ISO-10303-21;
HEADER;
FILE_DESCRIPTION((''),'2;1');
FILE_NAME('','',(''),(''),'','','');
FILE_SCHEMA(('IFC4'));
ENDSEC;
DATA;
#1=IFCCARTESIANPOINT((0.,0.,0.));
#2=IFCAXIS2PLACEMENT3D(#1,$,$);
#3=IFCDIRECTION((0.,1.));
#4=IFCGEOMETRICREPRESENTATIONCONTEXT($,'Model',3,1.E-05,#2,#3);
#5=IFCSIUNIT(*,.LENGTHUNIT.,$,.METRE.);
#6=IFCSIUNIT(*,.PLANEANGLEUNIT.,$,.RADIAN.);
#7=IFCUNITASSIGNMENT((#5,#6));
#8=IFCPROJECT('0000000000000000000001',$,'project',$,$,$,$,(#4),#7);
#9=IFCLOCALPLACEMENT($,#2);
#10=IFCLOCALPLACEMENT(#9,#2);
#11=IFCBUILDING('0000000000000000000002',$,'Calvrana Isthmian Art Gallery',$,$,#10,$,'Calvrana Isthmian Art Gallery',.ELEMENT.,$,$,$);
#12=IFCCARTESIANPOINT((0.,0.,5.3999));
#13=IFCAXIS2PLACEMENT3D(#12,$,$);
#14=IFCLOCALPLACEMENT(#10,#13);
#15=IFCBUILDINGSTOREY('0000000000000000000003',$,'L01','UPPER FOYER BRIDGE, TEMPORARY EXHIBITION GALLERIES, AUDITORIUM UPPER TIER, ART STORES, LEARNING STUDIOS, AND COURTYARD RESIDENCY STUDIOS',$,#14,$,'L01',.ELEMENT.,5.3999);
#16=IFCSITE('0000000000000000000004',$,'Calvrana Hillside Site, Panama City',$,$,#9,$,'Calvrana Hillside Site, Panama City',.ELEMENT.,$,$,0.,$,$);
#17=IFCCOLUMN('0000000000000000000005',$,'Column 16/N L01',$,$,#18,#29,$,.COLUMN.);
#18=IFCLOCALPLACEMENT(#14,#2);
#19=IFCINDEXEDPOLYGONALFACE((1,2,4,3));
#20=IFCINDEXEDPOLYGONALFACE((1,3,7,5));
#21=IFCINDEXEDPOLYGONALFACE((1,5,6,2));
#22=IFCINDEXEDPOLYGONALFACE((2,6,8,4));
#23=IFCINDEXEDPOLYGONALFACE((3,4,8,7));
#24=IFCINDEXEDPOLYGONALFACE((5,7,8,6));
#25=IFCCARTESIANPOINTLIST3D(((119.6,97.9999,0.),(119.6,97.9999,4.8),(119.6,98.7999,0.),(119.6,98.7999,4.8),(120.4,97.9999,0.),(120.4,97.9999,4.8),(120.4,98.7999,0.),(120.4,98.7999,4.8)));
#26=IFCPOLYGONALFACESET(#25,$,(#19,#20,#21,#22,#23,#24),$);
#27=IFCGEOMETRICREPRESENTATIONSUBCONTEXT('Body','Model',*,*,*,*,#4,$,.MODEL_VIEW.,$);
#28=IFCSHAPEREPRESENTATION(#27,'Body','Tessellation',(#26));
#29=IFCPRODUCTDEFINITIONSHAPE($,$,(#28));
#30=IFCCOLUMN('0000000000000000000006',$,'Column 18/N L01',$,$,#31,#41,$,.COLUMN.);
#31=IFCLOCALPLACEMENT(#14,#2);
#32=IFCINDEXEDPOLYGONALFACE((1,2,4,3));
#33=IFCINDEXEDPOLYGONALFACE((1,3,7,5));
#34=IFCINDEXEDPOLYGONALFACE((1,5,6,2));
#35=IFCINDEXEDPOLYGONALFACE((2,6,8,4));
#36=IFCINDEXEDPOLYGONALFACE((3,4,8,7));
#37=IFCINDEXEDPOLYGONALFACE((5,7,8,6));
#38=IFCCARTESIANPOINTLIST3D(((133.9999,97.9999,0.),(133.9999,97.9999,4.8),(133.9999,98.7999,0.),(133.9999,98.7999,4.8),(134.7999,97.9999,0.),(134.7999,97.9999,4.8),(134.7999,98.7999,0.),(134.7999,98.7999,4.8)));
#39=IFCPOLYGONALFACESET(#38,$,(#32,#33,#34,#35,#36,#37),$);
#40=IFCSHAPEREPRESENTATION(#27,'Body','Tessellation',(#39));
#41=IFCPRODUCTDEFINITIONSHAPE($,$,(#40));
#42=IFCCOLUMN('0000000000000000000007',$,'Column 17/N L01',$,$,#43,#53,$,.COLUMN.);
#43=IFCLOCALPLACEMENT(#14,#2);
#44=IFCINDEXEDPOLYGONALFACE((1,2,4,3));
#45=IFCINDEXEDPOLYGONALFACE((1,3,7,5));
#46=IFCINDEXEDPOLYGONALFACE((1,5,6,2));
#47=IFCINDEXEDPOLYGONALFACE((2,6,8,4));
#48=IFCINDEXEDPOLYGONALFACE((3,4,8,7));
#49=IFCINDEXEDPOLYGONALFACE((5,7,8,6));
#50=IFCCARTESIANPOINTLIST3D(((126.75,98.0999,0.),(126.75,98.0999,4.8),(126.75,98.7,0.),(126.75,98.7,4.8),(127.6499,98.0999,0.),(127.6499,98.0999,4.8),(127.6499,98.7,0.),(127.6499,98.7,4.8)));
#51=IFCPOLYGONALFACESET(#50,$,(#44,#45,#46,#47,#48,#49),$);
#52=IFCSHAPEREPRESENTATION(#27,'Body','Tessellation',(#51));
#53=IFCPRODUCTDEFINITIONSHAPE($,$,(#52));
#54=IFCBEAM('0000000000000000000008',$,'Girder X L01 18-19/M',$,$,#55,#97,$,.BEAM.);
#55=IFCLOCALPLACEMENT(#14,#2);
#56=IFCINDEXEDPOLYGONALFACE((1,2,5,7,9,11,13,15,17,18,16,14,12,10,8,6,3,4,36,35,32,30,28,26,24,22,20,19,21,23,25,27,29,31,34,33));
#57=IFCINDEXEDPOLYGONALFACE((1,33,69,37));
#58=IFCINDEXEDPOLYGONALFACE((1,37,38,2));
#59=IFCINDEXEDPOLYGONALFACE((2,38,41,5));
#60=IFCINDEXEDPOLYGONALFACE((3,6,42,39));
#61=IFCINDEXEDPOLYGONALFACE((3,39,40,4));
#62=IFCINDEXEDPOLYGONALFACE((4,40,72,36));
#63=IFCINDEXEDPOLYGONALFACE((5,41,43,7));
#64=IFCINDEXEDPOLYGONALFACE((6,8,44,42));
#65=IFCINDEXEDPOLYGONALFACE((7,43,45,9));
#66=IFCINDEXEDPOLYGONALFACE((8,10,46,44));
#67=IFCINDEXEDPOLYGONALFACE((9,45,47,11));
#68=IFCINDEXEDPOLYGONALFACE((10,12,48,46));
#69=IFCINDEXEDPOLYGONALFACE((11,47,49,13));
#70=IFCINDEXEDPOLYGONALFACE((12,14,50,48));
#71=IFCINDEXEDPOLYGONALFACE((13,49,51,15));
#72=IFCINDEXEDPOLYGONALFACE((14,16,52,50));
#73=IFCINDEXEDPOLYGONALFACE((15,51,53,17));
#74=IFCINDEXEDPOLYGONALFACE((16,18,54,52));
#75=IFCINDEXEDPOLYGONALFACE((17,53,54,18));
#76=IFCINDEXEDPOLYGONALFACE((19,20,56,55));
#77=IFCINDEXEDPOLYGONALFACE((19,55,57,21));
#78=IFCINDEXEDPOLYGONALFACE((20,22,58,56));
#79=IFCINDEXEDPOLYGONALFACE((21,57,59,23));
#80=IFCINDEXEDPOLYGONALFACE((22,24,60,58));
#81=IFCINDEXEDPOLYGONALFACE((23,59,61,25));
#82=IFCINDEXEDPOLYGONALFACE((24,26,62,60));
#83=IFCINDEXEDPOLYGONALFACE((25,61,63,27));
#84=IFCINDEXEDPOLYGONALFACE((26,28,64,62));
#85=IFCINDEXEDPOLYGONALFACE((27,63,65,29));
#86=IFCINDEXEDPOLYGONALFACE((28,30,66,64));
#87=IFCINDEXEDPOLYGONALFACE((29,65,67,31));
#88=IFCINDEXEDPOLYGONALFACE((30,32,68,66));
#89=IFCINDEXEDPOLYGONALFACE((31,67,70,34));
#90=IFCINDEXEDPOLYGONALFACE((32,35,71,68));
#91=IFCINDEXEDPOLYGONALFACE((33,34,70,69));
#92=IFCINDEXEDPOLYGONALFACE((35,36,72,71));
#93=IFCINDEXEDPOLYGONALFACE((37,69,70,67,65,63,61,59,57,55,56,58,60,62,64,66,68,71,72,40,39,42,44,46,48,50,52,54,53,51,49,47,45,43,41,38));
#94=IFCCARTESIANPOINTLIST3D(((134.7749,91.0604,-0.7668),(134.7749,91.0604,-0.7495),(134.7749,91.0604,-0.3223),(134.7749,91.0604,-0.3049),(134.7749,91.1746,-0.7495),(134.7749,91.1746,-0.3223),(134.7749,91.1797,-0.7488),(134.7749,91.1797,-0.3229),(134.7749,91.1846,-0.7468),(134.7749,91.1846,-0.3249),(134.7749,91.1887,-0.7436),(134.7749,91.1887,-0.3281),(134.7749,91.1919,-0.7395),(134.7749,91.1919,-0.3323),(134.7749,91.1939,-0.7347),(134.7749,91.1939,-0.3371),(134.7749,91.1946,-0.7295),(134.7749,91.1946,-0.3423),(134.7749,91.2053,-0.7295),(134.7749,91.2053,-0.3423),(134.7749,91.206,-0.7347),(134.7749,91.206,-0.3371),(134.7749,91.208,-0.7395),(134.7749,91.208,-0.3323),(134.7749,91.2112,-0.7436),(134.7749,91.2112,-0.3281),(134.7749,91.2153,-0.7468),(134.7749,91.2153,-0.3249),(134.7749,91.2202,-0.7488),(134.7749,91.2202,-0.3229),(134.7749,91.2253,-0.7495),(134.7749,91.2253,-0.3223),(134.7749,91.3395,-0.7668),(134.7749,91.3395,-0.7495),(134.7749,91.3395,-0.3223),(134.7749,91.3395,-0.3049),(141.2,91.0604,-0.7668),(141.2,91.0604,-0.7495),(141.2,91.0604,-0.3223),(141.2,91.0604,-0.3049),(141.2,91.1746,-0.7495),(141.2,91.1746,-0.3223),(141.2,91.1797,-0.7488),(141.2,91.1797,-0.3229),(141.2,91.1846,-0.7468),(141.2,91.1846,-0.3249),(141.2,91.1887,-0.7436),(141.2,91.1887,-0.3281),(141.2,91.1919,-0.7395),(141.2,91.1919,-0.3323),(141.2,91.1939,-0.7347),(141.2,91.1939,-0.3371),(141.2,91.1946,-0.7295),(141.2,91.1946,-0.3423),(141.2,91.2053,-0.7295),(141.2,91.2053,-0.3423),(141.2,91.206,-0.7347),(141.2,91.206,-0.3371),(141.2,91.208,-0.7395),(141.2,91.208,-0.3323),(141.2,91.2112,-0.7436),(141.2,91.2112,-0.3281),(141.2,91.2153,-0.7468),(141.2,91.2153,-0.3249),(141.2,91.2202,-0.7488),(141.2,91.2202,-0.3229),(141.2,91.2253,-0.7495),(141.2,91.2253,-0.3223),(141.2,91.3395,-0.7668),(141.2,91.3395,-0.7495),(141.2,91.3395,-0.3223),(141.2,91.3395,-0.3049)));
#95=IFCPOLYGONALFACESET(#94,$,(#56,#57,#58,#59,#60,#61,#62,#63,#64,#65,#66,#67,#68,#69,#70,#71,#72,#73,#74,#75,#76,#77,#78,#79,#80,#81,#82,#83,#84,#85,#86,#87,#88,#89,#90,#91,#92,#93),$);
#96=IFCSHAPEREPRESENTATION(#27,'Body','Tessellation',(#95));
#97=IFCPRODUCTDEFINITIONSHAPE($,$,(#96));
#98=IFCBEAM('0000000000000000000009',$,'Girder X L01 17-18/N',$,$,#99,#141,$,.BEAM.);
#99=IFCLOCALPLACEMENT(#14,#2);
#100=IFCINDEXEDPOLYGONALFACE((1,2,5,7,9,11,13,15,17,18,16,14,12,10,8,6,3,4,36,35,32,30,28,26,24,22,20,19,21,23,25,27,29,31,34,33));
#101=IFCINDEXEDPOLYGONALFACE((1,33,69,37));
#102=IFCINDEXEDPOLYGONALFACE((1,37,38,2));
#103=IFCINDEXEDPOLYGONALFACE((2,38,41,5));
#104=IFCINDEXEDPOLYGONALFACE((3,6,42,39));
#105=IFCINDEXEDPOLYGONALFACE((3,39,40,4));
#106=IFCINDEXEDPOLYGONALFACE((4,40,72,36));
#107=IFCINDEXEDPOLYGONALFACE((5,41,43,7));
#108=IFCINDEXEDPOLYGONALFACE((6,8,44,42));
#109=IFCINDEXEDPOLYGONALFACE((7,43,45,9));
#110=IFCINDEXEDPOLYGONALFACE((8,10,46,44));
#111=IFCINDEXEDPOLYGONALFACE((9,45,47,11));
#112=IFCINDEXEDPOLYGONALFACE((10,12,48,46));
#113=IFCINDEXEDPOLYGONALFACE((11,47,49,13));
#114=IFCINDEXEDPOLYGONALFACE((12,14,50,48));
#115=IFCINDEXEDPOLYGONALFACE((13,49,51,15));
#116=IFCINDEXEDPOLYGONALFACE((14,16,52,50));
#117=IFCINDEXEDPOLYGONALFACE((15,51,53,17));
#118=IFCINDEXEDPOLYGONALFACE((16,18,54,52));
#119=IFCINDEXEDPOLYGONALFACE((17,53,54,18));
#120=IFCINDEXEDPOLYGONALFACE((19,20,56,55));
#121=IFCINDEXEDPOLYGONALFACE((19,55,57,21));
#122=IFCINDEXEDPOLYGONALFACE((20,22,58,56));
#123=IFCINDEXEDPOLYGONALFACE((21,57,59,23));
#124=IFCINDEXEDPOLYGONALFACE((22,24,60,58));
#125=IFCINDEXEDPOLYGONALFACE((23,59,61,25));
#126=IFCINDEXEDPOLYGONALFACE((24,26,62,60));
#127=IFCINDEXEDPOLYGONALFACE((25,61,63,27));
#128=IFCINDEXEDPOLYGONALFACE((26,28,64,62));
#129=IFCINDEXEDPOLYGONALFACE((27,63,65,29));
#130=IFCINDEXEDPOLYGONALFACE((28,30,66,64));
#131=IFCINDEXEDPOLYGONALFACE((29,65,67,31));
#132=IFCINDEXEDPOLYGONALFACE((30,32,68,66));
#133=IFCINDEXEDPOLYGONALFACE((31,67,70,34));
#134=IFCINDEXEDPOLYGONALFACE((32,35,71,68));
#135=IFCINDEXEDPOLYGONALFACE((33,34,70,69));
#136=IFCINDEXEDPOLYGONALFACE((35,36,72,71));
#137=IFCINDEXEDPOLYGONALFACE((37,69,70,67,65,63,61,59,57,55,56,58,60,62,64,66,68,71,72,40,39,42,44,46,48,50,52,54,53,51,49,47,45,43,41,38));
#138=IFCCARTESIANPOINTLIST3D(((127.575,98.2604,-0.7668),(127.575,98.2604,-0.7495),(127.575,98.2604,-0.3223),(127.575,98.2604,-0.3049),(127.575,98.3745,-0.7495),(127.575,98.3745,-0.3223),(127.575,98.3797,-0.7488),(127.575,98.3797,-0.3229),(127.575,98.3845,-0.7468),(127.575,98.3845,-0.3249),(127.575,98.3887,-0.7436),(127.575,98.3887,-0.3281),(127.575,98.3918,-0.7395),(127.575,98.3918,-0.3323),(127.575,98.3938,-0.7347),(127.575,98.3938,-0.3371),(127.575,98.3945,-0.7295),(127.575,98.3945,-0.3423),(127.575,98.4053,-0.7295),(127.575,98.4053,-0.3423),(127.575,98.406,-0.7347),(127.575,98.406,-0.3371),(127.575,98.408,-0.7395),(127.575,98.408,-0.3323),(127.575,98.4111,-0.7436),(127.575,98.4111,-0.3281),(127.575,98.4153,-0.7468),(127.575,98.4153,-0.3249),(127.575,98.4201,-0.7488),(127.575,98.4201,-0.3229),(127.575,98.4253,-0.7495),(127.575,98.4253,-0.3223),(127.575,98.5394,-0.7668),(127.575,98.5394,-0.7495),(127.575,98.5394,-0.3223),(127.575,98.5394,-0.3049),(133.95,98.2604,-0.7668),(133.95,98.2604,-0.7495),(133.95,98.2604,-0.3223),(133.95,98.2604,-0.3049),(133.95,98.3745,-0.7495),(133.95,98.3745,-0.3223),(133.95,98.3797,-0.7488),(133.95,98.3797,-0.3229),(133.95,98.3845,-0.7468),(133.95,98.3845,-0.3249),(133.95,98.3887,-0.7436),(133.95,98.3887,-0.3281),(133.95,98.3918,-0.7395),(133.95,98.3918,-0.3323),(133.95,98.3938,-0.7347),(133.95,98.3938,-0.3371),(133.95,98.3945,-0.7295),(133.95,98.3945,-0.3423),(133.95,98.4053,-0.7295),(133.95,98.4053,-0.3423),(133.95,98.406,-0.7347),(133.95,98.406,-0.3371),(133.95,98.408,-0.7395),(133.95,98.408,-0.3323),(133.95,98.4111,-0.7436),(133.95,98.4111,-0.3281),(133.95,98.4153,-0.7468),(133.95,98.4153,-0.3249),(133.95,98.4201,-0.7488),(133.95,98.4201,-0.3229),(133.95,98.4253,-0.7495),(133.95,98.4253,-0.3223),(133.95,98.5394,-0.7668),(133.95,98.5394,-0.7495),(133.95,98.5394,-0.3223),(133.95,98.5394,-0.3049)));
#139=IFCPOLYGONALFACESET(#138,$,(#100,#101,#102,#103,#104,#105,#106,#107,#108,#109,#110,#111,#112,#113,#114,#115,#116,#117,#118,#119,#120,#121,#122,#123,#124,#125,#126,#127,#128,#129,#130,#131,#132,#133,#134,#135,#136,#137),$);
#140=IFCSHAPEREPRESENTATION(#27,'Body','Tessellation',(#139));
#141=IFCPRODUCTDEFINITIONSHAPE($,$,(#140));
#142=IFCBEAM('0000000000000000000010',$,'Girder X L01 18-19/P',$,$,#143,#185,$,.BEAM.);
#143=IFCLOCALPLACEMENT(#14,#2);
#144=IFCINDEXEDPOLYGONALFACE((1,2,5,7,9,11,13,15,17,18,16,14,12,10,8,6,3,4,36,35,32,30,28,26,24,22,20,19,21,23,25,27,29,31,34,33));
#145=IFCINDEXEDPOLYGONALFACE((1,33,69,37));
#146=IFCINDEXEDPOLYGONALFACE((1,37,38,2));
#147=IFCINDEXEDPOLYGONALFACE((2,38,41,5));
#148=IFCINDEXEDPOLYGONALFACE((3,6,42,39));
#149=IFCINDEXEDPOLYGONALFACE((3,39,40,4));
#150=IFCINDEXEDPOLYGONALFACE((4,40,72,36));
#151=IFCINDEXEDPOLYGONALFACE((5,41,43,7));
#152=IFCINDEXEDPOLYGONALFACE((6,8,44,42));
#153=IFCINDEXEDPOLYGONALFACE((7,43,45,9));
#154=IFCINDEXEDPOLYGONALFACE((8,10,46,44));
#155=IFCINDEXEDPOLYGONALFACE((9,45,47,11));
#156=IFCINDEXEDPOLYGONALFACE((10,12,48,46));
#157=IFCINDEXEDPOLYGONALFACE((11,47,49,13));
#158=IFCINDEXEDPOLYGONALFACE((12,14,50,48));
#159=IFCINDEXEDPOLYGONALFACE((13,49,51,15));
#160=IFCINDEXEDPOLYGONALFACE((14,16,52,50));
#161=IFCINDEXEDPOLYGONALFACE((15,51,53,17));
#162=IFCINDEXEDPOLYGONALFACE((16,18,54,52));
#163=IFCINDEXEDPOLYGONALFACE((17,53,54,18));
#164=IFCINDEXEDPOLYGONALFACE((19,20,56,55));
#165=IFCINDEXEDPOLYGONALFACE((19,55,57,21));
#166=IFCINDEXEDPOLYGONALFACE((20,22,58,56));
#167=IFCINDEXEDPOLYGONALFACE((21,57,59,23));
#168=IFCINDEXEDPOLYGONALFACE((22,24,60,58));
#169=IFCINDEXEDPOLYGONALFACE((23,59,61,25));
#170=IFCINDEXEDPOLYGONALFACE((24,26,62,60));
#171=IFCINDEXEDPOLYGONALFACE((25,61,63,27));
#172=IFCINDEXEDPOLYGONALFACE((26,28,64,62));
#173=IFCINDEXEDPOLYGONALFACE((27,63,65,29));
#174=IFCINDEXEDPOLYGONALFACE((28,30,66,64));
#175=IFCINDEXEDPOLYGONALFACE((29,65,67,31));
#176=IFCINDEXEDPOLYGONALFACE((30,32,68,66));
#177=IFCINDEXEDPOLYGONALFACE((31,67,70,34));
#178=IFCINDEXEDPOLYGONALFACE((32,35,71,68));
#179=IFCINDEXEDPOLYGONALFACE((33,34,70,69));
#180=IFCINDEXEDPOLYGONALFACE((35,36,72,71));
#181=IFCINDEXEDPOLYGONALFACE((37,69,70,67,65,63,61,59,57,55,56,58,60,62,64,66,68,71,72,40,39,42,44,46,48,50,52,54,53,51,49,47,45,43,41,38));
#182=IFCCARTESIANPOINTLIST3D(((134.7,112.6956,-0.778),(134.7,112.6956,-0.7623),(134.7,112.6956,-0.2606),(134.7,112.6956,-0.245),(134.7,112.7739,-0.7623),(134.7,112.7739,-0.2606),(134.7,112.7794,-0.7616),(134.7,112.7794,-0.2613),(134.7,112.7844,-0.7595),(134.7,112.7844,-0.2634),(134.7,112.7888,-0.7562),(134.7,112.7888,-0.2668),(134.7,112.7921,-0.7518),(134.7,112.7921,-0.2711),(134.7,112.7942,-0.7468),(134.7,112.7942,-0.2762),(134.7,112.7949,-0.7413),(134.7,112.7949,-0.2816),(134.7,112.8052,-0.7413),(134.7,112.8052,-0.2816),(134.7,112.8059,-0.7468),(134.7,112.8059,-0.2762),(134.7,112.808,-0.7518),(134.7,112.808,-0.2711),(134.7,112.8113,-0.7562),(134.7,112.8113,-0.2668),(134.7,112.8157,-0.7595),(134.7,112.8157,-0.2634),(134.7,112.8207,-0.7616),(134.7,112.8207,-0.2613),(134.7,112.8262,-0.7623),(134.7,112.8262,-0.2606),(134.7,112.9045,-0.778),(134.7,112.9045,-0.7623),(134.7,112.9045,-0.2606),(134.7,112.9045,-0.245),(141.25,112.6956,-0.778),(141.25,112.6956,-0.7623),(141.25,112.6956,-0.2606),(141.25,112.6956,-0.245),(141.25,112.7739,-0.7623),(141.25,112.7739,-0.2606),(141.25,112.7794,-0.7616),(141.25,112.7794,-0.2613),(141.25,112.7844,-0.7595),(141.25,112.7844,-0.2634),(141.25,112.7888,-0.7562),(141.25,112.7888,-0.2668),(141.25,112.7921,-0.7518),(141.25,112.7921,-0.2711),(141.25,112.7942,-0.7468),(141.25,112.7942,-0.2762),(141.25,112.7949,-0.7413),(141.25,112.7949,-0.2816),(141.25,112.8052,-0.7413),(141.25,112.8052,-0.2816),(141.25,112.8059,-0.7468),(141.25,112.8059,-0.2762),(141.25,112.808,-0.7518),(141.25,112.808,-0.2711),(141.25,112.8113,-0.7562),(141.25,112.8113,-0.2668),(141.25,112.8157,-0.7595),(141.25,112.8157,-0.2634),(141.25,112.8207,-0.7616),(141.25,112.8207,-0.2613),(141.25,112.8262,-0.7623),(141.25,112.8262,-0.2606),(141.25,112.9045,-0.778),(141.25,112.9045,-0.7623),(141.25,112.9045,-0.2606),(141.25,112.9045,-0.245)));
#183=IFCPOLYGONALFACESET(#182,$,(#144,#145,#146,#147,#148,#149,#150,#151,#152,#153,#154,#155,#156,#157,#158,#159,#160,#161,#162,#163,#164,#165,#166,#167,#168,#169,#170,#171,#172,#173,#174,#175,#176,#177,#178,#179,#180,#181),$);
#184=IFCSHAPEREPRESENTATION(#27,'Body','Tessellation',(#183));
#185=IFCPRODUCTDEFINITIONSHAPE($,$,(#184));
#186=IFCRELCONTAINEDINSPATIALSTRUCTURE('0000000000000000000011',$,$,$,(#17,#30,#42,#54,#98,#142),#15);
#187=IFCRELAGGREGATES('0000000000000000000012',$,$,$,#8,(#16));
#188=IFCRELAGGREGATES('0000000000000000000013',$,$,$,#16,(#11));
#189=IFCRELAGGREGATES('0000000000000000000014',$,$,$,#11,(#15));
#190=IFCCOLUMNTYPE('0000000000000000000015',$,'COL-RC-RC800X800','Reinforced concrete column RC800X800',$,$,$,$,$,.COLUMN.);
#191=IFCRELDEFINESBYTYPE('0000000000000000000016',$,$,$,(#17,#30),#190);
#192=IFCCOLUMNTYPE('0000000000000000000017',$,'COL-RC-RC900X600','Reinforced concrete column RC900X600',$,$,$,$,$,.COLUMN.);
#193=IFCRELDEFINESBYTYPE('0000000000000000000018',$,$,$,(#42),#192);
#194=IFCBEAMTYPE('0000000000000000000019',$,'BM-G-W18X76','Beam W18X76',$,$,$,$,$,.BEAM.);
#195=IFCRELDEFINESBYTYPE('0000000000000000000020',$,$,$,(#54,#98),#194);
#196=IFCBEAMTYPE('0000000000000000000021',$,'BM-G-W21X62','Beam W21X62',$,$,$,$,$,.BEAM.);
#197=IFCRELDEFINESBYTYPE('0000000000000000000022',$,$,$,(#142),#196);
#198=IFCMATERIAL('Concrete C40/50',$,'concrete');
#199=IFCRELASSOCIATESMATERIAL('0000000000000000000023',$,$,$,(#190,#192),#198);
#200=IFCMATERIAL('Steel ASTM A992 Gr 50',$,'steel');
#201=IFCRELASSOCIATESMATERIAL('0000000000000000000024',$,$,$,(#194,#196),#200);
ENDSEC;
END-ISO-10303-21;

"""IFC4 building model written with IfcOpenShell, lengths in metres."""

from ifc_helpers import new_model, si_unit, direction, frame, origin, origin_2d, place, context, subcontext, project, spatial, rectangle, i_section, extrude, material, material_profile, profile_set, type_object, element, save


model = new_model("IFC4")

# Units and contexts
model_context = context("Model", 3, precision=1e-05, world=origin(), true_north=direction((0.0, 1.0)))
body_context = subcontext(model_context, "Body", "Model", "MODEL_VIEW")
ifc_project = project(units=[si_unit("LENGTHUNIT", "METRE"), si_unit("PLANEANGLEUNIT", "RADIAN")], contexts=[model_context])

# Site, building, storey
site_placement = place(None, origin())
site = spatial("IfcSite", under=ifc_project, at=site_placement, Name="Calvrana Hillside Site, Panama City", LongName="Calvrana Hillside Site, Panama City", CompositionType="ELEMENT", RefElevation=0.0)
building_placement = place(site_placement, origin())
building = spatial("IfcBuilding", under=site, at=building_placement, Name="Calvrana Isthmian Art Gallery", LongName="Calvrana Isthmian Art Gallery", CompositionType="ELEMENT")
storey_placement = place(building_placement, frame((0.0, 0.0, 5.3999)))
storey = spatial("IfcBuildingStorey", under=building, at=storey_placement, Name="L01", Description="UPPER FOYER BRIDGE, TEMPORARY EXHIBITION GALLERIES, AUDITORIUM UPPER TIER, ART STORES, LEARNING STUDIOS, AND COURTYARD RESIDENCY STUDIOS", LongName="L01", CompositionType="ELEMENT", Elevation=5.3999)

# Columns
ifc_material_1 = material(Name="Concrete C40/50", Category="concrete")
ifc_material_profile_1 = material_profile(ifc_material_1, rectangle(XDim=0.8, YDim=0.8, at=origin_2d()), Name="RC800X800")
ifc_profile_set_1 = profile_set([ifc_material_profile_1], Name="Concrete C40/50")
column_type_1 = type_object("IfcColumnType", Name="COL-RC-RC800X800", Description="Reinforced concrete column RC800X800", PredefinedType="COLUMN", material=ifc_profile_set_1)
for number, where, z_axis, x_axis, name in (
    (1, (120.0, 98.3999, 0.0), (0.0, 0.0, 1.0), (1.0, 0.0, 0.0), "Column 16/N L01"),
    (2, (134.3999, 98.3999, 0.0), (0.0, 0.0, 1.0), (1.0, 0.0, 0.0), "Column 18/N L01"),
):
    element("IfcColumn", number, at=place(storey_placement, frame(where, z_axis=z_axis, x_axis=x_axis)), inside=storey, type_object=column_type_1, Name=name, PredefinedType="COLUMN", context=body_context, shape_type="SweptSolid", body=[
        extrude(rectangle(XDim=0.8, YDim=0.8, at=origin_2d()), origin(), (0.0, 0.0, 1.0), 4.8),
    ])
ifc_material_profile_2 = material_profile(ifc_material_1, rectangle(XDim=0.8999, YDim=0.6001, at=origin_2d()), Name="RC900X600")
ifc_profile_set_2 = profile_set([ifc_material_profile_2], Name="Concrete C40/50")
column_type_2 = type_object("IfcColumnType", Name="COL-RC-RC900X600", Description="Reinforced concrete column RC900X600", PredefinedType="COLUMN", material=ifc_profile_set_2)
column_placement = place(storey_placement, frame((127.2, 98.3999, 0.0), z_axis=(0.0, 0.0, 1.0), x_axis=(1.0, 0.0, 0.0)))
element("IfcColumn", 3, at=column_placement, inside=storey, type_object=column_type_2, Name="Column 17/N L01", PredefinedType="COLUMN", context=body_context, shape_type="SweptSolid", body=[
    extrude(rectangle(XDim=0.8999, YDim=0.6001, at=origin_2d()), origin(), (0.0, 0.0, 1.0), 4.8),
])

# Beams
ifc_material_2 = material(Name="Steel ASTM A992 Gr 50", Category="steel")
ifc_material_profile_3 = material_profile(ifc_material_2, i_section(OverallWidth=0.2791, OverallDepth=0.4619, WebThickness=0.0107, FlangeThickness=0.0173, FilletRadius=0.02, at=origin_2d()), Name="W18X76")
ifc_profile_set_3 = profile_set([ifc_material_profile_3], Name="Steel ASTM A992 Gr 50")
beam_type_1 = type_object("IfcBeamType", Name="BM-G-W18X76", Description="Beam W18X76", PredefinedType="BEAM", material=ifc_profile_set_3)
beam_1_placement = place(storey_placement, frame((134.7749, 91.2, -0.5359), z_axis=(1.0, 0.0, 0.0), x_axis=(0.0, 1.0, 0.0)))
element("IfcBeam", 4, at=beam_1_placement, inside=storey, type_object=beam_type_1, Name="Girder X L01 18-19/M", PredefinedType="BEAM", context=body_context, shape_type="SweptSolid", body=[
    extrude(i_section(OverallWidth=0.2791, OverallDepth=0.4619, WebThickness=0.0107, FlangeThickness=0.0173, FilletRadius=0.02, at=origin_2d()), origin(), (0.0, 0.0, 1.0), 6.425),
])
beam_2_placement = place(storey_placement, frame((127.575, 98.3999, -0.5359), z_axis=(1.0, 0.0, 0.0), x_axis=(0.0, 1.0, 0.0)))
element("IfcBeam", 5, at=beam_2_placement, inside=storey, type_object=beam_type_1, Name="Girder X L01 17-18/N", PredefinedType="BEAM", context=body_context, shape_type="SweptSolid", body=[
    extrude(i_section(OverallWidth=0.2791, OverallDepth=0.4619, WebThickness=0.0107, FlangeThickness=0.0173, FilletRadius=0.02, at=origin_2d()), origin(), (0.0, 0.0, 1.0), 6.375),
])
ifc_material_profile_4 = material_profile(ifc_material_2, i_section(OverallWidth=0.209, OverallDepth=0.533, WebThickness=0.0103, FlangeThickness=0.0156, FilletRadius=0.021, at=origin_2d()), Name="W21X62")
ifc_profile_set_4 = profile_set([ifc_material_profile_4], Name="Steel ASTM A992 Gr 50")
beam_type_2 = type_object("IfcBeamType", Name="BM-G-W21X62", Description="Beam W21X62", PredefinedType="BEAM", material=ifc_profile_set_4)
beam_3_placement = place(storey_placement, frame((134.7, 112.8, -0.5115), z_axis=(1.0, 0.0, 0.0), x_axis=(0.0, 1.0, 0.0)))
element("IfcBeam", 6, at=beam_3_placement, inside=storey, type_object=beam_type_2, Name="Girder X L01 18-19/P", PredefinedType="BEAM", context=body_context, shape_type="SweptSolid", body=[
    extrude(i_section(OverallWidth=0.209, OverallDepth=0.533, WebThickness=0.0103, FlangeThickness=0.0156, FilletRadius=0.021, at=origin_2d()), origin(), (0.0, 0.0, 1.0), 6.55),
])

save(model, "model.ifc")
